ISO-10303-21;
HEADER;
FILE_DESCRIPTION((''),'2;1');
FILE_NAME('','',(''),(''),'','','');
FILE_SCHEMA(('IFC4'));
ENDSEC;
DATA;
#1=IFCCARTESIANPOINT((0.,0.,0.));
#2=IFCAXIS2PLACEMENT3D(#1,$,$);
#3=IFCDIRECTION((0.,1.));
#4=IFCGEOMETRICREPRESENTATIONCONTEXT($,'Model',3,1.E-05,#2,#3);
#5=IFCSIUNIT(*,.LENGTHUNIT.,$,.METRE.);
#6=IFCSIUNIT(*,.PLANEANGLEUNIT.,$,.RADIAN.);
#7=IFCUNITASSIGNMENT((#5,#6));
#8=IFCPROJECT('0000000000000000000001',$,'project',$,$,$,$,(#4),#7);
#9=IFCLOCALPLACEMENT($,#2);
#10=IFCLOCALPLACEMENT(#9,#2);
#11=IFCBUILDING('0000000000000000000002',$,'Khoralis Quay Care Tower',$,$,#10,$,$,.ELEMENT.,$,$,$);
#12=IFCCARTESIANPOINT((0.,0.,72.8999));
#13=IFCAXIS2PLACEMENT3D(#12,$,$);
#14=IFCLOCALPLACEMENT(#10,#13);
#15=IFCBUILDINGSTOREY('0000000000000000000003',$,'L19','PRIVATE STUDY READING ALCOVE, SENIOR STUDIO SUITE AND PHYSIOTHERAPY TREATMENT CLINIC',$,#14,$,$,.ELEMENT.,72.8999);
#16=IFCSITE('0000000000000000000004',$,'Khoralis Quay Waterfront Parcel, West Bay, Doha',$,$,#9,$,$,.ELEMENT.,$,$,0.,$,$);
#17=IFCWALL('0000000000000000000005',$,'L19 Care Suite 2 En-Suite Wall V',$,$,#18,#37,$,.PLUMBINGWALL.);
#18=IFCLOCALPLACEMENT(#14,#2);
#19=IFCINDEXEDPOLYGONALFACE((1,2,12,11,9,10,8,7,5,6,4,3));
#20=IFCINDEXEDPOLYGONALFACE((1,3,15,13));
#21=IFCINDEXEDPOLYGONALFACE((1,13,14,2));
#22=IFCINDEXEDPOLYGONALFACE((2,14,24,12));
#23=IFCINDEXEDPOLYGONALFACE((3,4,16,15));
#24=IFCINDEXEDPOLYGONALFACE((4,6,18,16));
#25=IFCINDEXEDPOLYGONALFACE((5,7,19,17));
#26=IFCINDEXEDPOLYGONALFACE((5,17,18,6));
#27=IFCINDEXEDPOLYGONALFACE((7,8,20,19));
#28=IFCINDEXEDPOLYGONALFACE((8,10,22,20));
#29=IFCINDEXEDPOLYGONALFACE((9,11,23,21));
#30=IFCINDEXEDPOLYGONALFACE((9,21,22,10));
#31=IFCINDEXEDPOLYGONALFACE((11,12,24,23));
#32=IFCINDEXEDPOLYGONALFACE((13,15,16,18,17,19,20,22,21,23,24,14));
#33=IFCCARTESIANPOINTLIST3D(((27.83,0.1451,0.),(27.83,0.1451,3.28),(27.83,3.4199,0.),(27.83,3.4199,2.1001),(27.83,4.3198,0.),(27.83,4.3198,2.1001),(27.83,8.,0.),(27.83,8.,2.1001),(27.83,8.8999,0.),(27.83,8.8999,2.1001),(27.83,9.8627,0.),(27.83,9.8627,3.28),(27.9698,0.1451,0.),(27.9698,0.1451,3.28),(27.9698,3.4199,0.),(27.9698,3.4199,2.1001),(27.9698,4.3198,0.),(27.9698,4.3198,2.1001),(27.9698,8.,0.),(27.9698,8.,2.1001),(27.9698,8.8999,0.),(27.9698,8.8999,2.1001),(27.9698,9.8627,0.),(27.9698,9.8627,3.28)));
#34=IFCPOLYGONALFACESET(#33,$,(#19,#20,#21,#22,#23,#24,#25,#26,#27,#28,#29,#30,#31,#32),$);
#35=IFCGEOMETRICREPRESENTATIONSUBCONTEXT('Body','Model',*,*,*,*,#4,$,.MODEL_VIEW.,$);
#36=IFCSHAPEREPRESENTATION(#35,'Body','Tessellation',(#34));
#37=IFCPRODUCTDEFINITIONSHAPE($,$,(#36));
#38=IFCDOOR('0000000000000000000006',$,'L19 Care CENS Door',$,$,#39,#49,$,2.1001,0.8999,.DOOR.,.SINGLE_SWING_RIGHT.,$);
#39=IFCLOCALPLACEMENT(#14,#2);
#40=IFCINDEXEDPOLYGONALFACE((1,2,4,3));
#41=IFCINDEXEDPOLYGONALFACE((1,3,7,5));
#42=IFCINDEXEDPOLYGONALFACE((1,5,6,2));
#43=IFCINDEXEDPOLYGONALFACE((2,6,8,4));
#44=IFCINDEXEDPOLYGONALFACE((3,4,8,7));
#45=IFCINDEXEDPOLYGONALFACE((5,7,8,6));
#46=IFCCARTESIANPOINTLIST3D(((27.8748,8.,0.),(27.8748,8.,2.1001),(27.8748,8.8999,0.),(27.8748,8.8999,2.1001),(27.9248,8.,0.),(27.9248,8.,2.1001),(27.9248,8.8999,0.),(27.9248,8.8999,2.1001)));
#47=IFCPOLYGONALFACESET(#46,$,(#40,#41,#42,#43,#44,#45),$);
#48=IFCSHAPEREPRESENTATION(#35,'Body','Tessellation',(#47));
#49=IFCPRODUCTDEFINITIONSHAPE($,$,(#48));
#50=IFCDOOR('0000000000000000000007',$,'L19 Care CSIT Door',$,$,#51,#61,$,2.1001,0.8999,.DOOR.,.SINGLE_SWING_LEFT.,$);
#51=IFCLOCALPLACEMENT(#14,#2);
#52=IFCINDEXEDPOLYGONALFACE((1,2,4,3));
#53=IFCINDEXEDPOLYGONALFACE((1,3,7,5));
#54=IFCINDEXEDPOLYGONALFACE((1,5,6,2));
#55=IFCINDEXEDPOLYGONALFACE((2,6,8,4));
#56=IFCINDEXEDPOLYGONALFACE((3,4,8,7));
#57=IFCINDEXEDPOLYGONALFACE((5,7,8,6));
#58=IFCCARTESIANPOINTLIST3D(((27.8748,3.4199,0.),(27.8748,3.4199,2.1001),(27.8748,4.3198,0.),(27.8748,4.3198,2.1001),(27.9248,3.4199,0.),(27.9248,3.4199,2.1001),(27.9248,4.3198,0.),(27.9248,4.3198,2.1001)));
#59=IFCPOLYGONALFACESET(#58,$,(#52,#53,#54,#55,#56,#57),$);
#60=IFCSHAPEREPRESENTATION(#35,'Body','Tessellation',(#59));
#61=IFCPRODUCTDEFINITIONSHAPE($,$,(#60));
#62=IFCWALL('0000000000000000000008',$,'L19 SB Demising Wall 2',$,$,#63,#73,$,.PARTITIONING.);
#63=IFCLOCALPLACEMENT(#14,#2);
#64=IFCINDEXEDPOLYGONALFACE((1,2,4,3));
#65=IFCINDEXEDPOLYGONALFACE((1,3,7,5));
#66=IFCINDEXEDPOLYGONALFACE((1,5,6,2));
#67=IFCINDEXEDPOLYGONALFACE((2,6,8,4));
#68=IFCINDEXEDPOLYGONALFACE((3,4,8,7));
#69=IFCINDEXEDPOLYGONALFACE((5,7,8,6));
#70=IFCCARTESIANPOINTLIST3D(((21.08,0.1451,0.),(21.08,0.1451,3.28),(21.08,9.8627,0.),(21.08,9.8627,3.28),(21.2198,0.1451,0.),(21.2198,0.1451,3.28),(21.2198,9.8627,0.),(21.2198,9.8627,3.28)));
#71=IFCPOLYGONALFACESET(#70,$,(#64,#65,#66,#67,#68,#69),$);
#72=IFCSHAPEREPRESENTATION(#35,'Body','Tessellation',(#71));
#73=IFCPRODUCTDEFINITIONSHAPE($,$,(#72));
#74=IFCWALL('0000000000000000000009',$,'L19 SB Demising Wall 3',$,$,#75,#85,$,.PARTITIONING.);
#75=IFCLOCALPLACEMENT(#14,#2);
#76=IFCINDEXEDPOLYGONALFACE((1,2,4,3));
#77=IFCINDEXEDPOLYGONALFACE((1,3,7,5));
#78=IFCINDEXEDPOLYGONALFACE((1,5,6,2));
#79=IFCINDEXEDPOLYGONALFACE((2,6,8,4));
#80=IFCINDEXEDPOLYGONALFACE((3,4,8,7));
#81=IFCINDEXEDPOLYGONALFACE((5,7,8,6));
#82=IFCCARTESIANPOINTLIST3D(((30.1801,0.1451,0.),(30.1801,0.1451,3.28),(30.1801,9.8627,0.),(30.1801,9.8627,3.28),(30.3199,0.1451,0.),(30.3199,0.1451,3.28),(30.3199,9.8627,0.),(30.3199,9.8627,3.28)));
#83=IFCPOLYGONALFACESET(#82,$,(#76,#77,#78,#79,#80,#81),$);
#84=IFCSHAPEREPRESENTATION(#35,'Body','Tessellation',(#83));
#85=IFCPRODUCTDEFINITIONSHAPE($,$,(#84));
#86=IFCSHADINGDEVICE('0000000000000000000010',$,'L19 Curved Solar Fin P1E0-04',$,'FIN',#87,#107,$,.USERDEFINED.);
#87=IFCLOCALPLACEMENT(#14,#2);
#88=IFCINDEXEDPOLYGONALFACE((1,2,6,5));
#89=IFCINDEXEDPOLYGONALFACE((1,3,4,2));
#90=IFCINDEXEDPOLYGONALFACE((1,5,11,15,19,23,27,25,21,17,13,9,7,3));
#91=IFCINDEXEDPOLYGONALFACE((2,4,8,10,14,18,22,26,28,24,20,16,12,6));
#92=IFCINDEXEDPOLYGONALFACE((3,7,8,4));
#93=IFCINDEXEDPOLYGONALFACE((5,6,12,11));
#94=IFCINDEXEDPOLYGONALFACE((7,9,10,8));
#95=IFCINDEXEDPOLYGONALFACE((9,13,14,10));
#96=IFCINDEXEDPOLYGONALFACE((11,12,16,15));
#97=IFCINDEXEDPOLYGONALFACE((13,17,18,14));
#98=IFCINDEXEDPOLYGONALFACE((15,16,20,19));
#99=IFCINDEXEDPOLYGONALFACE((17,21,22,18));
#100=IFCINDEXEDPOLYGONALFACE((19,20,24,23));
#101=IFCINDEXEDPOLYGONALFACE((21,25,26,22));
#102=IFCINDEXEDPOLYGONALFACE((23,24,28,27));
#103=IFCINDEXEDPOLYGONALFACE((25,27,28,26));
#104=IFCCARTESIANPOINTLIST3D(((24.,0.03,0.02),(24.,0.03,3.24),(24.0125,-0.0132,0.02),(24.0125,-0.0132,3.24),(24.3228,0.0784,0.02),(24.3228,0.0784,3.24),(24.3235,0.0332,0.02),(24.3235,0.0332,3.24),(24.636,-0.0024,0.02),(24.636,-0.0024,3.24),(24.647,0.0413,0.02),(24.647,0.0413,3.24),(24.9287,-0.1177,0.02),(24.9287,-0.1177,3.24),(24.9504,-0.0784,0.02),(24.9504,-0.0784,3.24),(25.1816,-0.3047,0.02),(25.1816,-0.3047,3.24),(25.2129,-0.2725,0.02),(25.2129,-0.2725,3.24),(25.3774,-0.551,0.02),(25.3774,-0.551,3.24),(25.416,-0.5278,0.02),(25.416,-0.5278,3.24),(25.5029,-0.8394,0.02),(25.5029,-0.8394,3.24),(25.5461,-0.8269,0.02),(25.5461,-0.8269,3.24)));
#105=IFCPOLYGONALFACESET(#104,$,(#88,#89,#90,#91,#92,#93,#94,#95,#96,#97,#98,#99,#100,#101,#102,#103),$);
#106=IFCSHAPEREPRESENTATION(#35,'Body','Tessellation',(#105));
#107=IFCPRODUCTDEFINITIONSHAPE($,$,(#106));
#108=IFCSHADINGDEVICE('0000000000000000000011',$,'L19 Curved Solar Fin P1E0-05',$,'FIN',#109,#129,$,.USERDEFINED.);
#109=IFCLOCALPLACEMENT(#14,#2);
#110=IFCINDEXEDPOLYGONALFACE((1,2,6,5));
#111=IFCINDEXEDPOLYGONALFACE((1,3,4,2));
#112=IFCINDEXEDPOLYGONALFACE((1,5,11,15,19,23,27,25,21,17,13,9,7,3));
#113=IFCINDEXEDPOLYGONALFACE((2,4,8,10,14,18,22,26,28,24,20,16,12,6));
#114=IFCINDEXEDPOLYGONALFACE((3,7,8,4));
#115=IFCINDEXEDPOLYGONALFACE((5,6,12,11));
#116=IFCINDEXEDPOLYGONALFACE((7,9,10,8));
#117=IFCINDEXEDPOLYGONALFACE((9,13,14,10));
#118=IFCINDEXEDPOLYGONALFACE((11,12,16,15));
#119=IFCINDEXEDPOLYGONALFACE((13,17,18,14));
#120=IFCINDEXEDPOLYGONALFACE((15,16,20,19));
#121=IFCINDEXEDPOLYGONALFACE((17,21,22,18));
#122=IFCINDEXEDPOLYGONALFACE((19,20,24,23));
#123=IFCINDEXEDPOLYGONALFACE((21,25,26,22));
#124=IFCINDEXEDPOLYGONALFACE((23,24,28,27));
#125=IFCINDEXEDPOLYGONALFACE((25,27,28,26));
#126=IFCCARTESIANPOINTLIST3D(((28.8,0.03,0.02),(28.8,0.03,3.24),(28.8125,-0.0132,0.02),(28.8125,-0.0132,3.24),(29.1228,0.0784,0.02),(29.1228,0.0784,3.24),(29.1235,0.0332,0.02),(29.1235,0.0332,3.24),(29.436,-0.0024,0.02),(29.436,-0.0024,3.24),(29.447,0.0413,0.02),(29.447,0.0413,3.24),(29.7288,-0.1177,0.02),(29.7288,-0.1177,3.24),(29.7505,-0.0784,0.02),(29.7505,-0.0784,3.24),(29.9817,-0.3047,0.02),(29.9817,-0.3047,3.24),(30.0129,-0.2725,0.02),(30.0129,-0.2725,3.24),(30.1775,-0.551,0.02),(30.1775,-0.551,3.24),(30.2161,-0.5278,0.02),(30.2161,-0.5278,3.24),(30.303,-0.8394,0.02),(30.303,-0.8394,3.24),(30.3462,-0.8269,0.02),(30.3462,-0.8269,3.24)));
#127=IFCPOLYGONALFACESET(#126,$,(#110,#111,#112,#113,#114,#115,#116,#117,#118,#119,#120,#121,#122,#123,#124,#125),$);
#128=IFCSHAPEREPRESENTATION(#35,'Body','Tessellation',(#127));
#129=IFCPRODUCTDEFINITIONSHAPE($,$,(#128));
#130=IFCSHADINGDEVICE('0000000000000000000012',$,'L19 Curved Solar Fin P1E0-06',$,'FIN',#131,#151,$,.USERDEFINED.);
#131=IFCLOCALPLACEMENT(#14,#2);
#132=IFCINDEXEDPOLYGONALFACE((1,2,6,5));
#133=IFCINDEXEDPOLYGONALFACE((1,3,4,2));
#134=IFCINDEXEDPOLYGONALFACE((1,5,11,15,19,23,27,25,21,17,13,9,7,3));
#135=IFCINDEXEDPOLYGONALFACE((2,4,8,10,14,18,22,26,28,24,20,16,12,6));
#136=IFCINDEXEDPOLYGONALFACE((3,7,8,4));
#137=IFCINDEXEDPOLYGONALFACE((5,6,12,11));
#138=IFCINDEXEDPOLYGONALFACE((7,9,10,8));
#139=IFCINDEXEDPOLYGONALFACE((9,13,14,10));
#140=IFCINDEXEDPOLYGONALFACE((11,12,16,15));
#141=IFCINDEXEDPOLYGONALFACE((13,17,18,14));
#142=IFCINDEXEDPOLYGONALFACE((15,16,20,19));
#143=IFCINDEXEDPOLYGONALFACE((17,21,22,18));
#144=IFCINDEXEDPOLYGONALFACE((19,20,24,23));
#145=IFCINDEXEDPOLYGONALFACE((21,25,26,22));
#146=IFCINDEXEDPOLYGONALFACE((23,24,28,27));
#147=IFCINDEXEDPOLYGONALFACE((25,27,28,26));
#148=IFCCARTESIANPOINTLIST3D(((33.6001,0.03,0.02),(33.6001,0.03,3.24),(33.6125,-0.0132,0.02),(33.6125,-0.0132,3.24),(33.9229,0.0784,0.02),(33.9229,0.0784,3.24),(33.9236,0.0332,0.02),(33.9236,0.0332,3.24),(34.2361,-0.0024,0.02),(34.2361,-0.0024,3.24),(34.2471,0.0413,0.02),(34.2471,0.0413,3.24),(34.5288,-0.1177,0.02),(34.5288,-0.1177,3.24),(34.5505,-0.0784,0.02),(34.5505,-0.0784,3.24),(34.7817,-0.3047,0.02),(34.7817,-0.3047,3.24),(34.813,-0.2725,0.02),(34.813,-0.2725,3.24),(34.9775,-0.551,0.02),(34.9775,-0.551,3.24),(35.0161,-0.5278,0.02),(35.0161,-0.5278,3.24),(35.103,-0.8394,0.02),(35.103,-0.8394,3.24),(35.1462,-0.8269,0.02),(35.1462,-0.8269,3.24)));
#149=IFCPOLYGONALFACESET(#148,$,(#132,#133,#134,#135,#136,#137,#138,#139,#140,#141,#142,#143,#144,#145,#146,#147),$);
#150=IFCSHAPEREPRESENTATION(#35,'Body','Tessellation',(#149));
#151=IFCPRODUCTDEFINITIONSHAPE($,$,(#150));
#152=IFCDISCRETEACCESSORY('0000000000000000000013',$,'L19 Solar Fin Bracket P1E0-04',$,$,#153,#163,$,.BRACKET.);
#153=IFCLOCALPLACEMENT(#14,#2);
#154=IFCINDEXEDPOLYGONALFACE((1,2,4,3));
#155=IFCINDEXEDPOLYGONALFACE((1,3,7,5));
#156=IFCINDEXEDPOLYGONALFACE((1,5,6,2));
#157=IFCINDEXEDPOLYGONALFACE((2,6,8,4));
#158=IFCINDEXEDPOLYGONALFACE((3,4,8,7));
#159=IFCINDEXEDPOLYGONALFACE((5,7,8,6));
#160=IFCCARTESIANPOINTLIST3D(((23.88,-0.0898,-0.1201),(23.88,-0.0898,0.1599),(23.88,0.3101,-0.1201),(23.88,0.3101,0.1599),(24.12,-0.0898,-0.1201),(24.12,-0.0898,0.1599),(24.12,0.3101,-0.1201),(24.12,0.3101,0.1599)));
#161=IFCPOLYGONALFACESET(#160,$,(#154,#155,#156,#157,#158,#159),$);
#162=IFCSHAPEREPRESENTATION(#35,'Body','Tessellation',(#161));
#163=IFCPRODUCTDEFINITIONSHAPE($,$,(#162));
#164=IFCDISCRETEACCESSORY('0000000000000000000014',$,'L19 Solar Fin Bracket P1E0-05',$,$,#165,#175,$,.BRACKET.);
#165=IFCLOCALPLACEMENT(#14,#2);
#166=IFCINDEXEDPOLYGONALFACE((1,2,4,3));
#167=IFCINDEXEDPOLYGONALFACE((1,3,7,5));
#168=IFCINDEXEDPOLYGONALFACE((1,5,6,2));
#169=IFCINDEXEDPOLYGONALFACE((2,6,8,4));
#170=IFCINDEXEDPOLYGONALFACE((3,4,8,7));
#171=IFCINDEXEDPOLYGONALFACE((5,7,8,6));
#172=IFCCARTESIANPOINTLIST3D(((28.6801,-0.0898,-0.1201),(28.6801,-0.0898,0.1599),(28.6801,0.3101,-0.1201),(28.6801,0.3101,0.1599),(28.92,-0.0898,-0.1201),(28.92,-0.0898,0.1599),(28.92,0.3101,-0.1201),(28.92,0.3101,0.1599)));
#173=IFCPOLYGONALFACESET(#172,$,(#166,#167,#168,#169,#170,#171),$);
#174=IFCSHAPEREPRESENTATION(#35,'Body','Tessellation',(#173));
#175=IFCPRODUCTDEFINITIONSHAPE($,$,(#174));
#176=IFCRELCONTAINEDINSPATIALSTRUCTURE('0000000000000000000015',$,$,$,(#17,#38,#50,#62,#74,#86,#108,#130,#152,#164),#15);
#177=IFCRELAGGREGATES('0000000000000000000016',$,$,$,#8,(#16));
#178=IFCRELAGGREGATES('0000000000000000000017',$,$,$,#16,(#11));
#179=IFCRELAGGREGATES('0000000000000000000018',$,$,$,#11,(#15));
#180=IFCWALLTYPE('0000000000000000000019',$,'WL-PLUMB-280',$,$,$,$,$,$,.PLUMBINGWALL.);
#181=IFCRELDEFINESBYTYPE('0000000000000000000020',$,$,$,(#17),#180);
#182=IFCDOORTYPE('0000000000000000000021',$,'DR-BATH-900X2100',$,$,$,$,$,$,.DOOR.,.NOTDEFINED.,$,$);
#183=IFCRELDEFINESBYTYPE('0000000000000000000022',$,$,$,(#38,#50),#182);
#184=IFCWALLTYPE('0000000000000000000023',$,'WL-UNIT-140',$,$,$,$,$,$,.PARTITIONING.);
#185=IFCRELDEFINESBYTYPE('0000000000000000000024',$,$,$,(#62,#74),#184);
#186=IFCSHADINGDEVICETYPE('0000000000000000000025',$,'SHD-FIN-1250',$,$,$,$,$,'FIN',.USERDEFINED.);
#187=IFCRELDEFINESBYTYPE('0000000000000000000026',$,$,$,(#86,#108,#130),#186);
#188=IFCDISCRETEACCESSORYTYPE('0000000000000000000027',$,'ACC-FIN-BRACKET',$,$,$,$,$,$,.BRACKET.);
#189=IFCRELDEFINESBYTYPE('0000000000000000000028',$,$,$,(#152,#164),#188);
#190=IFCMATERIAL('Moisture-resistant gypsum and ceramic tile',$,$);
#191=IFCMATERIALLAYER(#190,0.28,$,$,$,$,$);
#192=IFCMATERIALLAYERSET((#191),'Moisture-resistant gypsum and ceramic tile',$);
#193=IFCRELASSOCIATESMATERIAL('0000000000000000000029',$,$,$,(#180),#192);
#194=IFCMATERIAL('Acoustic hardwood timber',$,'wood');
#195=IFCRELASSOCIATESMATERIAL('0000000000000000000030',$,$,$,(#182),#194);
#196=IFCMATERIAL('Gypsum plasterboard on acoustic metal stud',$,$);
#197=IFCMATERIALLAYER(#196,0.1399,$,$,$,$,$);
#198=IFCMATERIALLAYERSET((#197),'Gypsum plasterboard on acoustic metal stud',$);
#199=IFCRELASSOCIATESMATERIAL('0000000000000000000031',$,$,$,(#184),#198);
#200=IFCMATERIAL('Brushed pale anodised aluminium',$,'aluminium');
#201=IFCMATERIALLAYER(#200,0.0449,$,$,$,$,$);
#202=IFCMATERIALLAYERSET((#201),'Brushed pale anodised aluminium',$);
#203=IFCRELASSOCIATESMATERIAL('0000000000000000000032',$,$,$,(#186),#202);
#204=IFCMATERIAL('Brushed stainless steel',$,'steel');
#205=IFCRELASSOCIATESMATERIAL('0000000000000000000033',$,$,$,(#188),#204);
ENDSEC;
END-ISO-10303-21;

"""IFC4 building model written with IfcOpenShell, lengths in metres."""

from ifc_helpers import new_model, si_unit, direction, frame, frame_2d, origin, origin_2d, place, context, subcontext, project, spatial, polyline, rectangle, outline, extrude, source, transform, mapped, material, layer, layer_set, type_object, element, fill, save


model = new_model("IFC4")

# Units and contexts
model_context = context("Model", 3, precision=1e-05, world=origin(), true_north=direction((0.0, 1.0)))
body_context = subcontext(model_context, "Body", "Model", "MODEL_VIEW")
ifc_project = project(units=[si_unit("LENGTHUNIT", "METRE"), si_unit("PLANEANGLEUNIT", "RADIAN")], contexts=[model_context])

# Site, building, storey
site_placement = place(None, origin())
site = spatial("IfcSite", under=ifc_project, at=site_placement, Name="Khoralis Quay Waterfront Parcel, West Bay, Doha", CompositionType="ELEMENT", RefElevation=0.0)
building_placement = place(site_placement, origin())
building = spatial("IfcBuilding", under=site, at=building_placement, Name="Khoralis Quay Care Tower", CompositionType="ELEMENT")
storey_placement = place(building_placement, frame((0.0, 0.0, 72.8999)))
storey = spatial("IfcBuildingStorey", under=building, at=storey_placement, Name="L19", Description="PRIVATE STUDY READING ALCOVE, SENIOR STUDIO SUITE AND PHYSIOTHERAPY TREATMENT CLINIC", CompositionType="ELEMENT", Elevation=72.8999)

# Wall, openings, doors
ifc_material_1 = material(Name="Moisture-resistant gypsum and ceramic tile")
ifc_layer_1 = layer(ifc_material_1, 0.28)
ifc_layer_set_1 = layer_set([ifc_layer_1], Name="Moisture-resistant gypsum and ceramic tile")
wall_type_1 = type_object("IfcWallType", Name="WL-PLUMB-280", PredefinedType="PLUMBINGWALL", material=ifc_layer_set_1)
wall_1_placement = place(storey_placement, frame((27.8999, 0.145, 0.0), z_axis=(0.0, 0.0, 1.0), x_axis=(0.0, 1.0, 0.0)))
wall_1 = element("IfcWall", 1, at=wall_1_placement, inside=storey, type_object=wall_type_1, Name="L19 Care Suite 2 En-Suite Wall V", PredefinedType="PLUMBINGWALL", context=body_context, shape_type="SweptSolid", body=[
    extrude(rectangle(XDim=9.7175, YDim=0.1399, at=frame_2d((4.8589, 0.0))), origin(), (0.0, 0.0, 1.0), 3.28),
])
opening_1_placement = place(wall_1_placement, frame((7.855, 0.0, 0.0)))
opening_1 = element("IfcOpeningElement", 2, at=opening_1_placement, cuts=wall_1, PredefinedType="OPENING", context=body_context, shape_type="SweptSolid", body=[
    extrude(rectangle(XDim=0.8999, YDim=2.1001, at=frame_2d((0.45, 1.05))), frame((0.0, 0.0801, 0.0), z_axis=(0.0, -1.0, 0.0), x_axis=(1.0, 0.0, 0.0)), (0.0, 0.0, 1.0), 0.1599),
])
opening_2_placement = place(wall_1_placement, frame((3.2749, 0.0, 0.0)))
opening_2 = element("IfcOpeningElement", 3, at=opening_2_placement, cuts=wall_1, PredefinedType="OPENING", context=body_context, shape_type="SweptSolid", body=[
    extrude(rectangle(XDim=0.8999, YDim=2.1001, at=frame_2d((0.45, 1.05))), frame((0.0, 0.0801, 0.0), z_axis=(0.0, -1.0, 0.0), x_axis=(1.0, 0.0, 0.0)), (0.0, 0.0, 1.0), 0.1599),
])
ifc_material_2 = material(Name="Acoustic hardwood timber", Category="wood")
door_type = type_object("IfcDoorType", Name="DR-BATH-900X2100", OperationType="NOTDEFINED", PredefinedType="DOOR", material=ifc_material_2)
shared_shape_1 = source(origin(), body_context, "Body", "SweptSolid", [
    extrude(rectangle(XDim=0.8999, YDim=2.1001, at=frame_2d((0.45, 1.05))), frame((0.0, 0.0249, 0.0), z_axis=(0.0, -1.0, 0.0), x_axis=(1.0, 0.0, 0.0)), (0.0, 0.0, 1.0), 0.05),
])
door_1_placement = place(opening_1_placement, frame((0.8999, 0.0, 0.0), z_axis=(0.0, 0.0, 1.0), x_axis=(-1.0, 0.0, 0.0)))
door_1 = element("IfcDoor", 4, at=door_1_placement, inside=storey, type_object=door_type, Name="L19 Care CENS Door", OperationType="SINGLE_SWING_RIGHT", OverallHeight=2.1001, OverallWidth=0.8999, PredefinedType="DOOR", context=body_context, shape_type="MappedRepresentation", body=[
    mapped(shared_shape_1, transform((0.0, 0.0, 0.0), scale=1.0)),
])
fill(opening_1, door_1)
door_2_placement = place(opening_2_placement, frame((0.8999, 0.0, 0.0), z_axis=(0.0, 0.0, 1.0), x_axis=(-1.0, 0.0, 0.0)))
door_2 = element("IfcDoor", 5, at=door_2_placement, inside=storey, type_object=door_type, Name="L19 Care CSIT Door", OperationType="SINGLE_SWING_LEFT", OverallHeight=2.1001, OverallWidth=0.8999, PredefinedType="DOOR", context=body_context, shape_type="MappedRepresentation", body=[
    mapped(shared_shape_1, transform((0.0, 0.0, 0.0), scale=1.0)),
])
fill(opening_2, door_2)

# Walls
ifc_material_3 = material(Name="Gypsum plasterboard on acoustic metal stud")
ifc_layer_2 = layer(ifc_material_3, 0.1399)
ifc_layer_set_2 = layer_set([ifc_layer_2], Name="Gypsum plasterboard on acoustic metal stud")
wall_type_2 = type_object("IfcWallType", Name="WL-UNIT-140", PredefinedType="PARTITIONING", material=ifc_layer_set_2)
for number, where, z_axis, x_axis, name in (
    (6, (21.1499, 0.145, 0.0), (0.0, 0.0, 1.0), (0.0, 1.0, 0.0), "L19 SB Demising Wall 2"),
    (7, (30.25, 0.145, 0.0), (0.0, 0.0, 1.0), (0.0, 1.0, 0.0), "L19 SB Demising Wall 3"),
):
    element("IfcWall", number, at=place(storey_placement, frame(where, z_axis=z_axis, x_axis=x_axis)), inside=storey, type_object=wall_type_2, Name=name, PredefinedType="PARTITIONING", context=body_context, shape_type="SweptSolid", body=[
        extrude(rectangle(XDim=9.7175, YDim=0.1399, at=frame_2d((4.8589, 0.0))), origin(), (0.0, 0.0, 1.0), 3.28),
    ])

# Shading devices
ifc_material_4 = material(Name="Brushed pale anodised aluminium", Category="aluminium")
ifc_layer_3 = layer(ifc_material_4, 0.0449)
ifc_layer_set_3 = layer_set([ifc_layer_3], Name="Brushed pale anodised aluminium")
shading_device_type = type_object("IfcShadingDeviceType", Name="SHD-FIN-1250", ElementType="FIN", PredefinedType="USERDEFINED", material=ifc_layer_set_3)
shared_shape_2 = source(origin(), body_context, "Body", "SweptSolid", [
    extrude(outline(polyline([(0.0, 0.0), (-0.0483, 0.3228), (-0.0112, 0.647), (0.1084, 0.9504), (0.3025, 1.2129), (0.5579, 1.416), (0.8569, 1.5461), (0.8694, 1.5029), (0.5811, 1.3774), (0.3347, 1.1816), (0.1477, 0.9287), (0.0325, 0.636), (-0.0032, 0.3235), (0.0432, 0.0125), (0.0, 0.0)])), origin(), (0.0, 0.0, 1.0), 3.22),
])
for number, where, z_axis, x_axis, name in (
    (8, (24.0, 0.03, 0.02), (0.0, 0.0, 1.0), (0.0, -1.0, 0.0), "L19 Curved Solar Fin P1E0-04"),
    (9, (28.8, 0.03, 0.02), (0.0, 0.0, 1.0), (0.0, -1.0, 0.0), "L19 Curved Solar Fin P1E0-05"),
    (10, (33.6001, 0.03, 0.02), (0.0, 0.0, 1.0), (0.0, -1.0, 0.0), "L19 Curved Solar Fin P1E0-06"),
):
    element("IfcShadingDevice", number, at=place(storey_placement, frame(where, z_axis=z_axis, x_axis=x_axis)), inside=storey, type_object=shading_device_type, Name=name, ObjectType="FIN", PredefinedType="USERDEFINED", context=body_context, shape_type="MappedRepresentation", body=[
        mapped(shared_shape_2, transform((0.0, 0.0, 0.0), scale=1.0)),
    ])

# Discrete accessories
ifc_material_5 = material(Name="Brushed stainless steel", Category="steel")
discrete_accessory_type = type_object("IfcDiscreteAccessoryType", Name="ACC-FIN-BRACKET", PredefinedType="BRACKET", material=ifc_material_5)
shared_shape_3 = source(origin(), body_context, "Body", "SweptSolid", [
    extrude(rectangle(XDim=0.3999, YDim=0.24, at=origin_2d()), origin(), (0.0, 0.0, 1.0), 0.28),
])
for number, where, z_axis, x_axis, name in (
    (11, (24.0, 0.1101, -0.1201), (0.0, 0.0, 1.0), (0.0, -1.0, 0.0), "L19 Solar Fin Bracket P1E0-04"),
    (12, (28.8, 0.1101, -0.1201), (0.0, 0.0, 1.0), (0.0, -1.0, 0.0), "L19 Solar Fin Bracket P1E0-05"),
):
    element("IfcDiscreteAccessory", number, at=place(storey_placement, frame(where, z_axis=z_axis, x_axis=x_axis)), inside=storey, type_object=discrete_accessory_type, Name=name, PredefinedType="BRACKET", context=body_context, shape_type="MappedRepresentation", body=[
        mapped(shared_shape_3, transform((0.0, 0.0, 0.0), scale=1.0)),
    ])

save(model, "model.ifc")
